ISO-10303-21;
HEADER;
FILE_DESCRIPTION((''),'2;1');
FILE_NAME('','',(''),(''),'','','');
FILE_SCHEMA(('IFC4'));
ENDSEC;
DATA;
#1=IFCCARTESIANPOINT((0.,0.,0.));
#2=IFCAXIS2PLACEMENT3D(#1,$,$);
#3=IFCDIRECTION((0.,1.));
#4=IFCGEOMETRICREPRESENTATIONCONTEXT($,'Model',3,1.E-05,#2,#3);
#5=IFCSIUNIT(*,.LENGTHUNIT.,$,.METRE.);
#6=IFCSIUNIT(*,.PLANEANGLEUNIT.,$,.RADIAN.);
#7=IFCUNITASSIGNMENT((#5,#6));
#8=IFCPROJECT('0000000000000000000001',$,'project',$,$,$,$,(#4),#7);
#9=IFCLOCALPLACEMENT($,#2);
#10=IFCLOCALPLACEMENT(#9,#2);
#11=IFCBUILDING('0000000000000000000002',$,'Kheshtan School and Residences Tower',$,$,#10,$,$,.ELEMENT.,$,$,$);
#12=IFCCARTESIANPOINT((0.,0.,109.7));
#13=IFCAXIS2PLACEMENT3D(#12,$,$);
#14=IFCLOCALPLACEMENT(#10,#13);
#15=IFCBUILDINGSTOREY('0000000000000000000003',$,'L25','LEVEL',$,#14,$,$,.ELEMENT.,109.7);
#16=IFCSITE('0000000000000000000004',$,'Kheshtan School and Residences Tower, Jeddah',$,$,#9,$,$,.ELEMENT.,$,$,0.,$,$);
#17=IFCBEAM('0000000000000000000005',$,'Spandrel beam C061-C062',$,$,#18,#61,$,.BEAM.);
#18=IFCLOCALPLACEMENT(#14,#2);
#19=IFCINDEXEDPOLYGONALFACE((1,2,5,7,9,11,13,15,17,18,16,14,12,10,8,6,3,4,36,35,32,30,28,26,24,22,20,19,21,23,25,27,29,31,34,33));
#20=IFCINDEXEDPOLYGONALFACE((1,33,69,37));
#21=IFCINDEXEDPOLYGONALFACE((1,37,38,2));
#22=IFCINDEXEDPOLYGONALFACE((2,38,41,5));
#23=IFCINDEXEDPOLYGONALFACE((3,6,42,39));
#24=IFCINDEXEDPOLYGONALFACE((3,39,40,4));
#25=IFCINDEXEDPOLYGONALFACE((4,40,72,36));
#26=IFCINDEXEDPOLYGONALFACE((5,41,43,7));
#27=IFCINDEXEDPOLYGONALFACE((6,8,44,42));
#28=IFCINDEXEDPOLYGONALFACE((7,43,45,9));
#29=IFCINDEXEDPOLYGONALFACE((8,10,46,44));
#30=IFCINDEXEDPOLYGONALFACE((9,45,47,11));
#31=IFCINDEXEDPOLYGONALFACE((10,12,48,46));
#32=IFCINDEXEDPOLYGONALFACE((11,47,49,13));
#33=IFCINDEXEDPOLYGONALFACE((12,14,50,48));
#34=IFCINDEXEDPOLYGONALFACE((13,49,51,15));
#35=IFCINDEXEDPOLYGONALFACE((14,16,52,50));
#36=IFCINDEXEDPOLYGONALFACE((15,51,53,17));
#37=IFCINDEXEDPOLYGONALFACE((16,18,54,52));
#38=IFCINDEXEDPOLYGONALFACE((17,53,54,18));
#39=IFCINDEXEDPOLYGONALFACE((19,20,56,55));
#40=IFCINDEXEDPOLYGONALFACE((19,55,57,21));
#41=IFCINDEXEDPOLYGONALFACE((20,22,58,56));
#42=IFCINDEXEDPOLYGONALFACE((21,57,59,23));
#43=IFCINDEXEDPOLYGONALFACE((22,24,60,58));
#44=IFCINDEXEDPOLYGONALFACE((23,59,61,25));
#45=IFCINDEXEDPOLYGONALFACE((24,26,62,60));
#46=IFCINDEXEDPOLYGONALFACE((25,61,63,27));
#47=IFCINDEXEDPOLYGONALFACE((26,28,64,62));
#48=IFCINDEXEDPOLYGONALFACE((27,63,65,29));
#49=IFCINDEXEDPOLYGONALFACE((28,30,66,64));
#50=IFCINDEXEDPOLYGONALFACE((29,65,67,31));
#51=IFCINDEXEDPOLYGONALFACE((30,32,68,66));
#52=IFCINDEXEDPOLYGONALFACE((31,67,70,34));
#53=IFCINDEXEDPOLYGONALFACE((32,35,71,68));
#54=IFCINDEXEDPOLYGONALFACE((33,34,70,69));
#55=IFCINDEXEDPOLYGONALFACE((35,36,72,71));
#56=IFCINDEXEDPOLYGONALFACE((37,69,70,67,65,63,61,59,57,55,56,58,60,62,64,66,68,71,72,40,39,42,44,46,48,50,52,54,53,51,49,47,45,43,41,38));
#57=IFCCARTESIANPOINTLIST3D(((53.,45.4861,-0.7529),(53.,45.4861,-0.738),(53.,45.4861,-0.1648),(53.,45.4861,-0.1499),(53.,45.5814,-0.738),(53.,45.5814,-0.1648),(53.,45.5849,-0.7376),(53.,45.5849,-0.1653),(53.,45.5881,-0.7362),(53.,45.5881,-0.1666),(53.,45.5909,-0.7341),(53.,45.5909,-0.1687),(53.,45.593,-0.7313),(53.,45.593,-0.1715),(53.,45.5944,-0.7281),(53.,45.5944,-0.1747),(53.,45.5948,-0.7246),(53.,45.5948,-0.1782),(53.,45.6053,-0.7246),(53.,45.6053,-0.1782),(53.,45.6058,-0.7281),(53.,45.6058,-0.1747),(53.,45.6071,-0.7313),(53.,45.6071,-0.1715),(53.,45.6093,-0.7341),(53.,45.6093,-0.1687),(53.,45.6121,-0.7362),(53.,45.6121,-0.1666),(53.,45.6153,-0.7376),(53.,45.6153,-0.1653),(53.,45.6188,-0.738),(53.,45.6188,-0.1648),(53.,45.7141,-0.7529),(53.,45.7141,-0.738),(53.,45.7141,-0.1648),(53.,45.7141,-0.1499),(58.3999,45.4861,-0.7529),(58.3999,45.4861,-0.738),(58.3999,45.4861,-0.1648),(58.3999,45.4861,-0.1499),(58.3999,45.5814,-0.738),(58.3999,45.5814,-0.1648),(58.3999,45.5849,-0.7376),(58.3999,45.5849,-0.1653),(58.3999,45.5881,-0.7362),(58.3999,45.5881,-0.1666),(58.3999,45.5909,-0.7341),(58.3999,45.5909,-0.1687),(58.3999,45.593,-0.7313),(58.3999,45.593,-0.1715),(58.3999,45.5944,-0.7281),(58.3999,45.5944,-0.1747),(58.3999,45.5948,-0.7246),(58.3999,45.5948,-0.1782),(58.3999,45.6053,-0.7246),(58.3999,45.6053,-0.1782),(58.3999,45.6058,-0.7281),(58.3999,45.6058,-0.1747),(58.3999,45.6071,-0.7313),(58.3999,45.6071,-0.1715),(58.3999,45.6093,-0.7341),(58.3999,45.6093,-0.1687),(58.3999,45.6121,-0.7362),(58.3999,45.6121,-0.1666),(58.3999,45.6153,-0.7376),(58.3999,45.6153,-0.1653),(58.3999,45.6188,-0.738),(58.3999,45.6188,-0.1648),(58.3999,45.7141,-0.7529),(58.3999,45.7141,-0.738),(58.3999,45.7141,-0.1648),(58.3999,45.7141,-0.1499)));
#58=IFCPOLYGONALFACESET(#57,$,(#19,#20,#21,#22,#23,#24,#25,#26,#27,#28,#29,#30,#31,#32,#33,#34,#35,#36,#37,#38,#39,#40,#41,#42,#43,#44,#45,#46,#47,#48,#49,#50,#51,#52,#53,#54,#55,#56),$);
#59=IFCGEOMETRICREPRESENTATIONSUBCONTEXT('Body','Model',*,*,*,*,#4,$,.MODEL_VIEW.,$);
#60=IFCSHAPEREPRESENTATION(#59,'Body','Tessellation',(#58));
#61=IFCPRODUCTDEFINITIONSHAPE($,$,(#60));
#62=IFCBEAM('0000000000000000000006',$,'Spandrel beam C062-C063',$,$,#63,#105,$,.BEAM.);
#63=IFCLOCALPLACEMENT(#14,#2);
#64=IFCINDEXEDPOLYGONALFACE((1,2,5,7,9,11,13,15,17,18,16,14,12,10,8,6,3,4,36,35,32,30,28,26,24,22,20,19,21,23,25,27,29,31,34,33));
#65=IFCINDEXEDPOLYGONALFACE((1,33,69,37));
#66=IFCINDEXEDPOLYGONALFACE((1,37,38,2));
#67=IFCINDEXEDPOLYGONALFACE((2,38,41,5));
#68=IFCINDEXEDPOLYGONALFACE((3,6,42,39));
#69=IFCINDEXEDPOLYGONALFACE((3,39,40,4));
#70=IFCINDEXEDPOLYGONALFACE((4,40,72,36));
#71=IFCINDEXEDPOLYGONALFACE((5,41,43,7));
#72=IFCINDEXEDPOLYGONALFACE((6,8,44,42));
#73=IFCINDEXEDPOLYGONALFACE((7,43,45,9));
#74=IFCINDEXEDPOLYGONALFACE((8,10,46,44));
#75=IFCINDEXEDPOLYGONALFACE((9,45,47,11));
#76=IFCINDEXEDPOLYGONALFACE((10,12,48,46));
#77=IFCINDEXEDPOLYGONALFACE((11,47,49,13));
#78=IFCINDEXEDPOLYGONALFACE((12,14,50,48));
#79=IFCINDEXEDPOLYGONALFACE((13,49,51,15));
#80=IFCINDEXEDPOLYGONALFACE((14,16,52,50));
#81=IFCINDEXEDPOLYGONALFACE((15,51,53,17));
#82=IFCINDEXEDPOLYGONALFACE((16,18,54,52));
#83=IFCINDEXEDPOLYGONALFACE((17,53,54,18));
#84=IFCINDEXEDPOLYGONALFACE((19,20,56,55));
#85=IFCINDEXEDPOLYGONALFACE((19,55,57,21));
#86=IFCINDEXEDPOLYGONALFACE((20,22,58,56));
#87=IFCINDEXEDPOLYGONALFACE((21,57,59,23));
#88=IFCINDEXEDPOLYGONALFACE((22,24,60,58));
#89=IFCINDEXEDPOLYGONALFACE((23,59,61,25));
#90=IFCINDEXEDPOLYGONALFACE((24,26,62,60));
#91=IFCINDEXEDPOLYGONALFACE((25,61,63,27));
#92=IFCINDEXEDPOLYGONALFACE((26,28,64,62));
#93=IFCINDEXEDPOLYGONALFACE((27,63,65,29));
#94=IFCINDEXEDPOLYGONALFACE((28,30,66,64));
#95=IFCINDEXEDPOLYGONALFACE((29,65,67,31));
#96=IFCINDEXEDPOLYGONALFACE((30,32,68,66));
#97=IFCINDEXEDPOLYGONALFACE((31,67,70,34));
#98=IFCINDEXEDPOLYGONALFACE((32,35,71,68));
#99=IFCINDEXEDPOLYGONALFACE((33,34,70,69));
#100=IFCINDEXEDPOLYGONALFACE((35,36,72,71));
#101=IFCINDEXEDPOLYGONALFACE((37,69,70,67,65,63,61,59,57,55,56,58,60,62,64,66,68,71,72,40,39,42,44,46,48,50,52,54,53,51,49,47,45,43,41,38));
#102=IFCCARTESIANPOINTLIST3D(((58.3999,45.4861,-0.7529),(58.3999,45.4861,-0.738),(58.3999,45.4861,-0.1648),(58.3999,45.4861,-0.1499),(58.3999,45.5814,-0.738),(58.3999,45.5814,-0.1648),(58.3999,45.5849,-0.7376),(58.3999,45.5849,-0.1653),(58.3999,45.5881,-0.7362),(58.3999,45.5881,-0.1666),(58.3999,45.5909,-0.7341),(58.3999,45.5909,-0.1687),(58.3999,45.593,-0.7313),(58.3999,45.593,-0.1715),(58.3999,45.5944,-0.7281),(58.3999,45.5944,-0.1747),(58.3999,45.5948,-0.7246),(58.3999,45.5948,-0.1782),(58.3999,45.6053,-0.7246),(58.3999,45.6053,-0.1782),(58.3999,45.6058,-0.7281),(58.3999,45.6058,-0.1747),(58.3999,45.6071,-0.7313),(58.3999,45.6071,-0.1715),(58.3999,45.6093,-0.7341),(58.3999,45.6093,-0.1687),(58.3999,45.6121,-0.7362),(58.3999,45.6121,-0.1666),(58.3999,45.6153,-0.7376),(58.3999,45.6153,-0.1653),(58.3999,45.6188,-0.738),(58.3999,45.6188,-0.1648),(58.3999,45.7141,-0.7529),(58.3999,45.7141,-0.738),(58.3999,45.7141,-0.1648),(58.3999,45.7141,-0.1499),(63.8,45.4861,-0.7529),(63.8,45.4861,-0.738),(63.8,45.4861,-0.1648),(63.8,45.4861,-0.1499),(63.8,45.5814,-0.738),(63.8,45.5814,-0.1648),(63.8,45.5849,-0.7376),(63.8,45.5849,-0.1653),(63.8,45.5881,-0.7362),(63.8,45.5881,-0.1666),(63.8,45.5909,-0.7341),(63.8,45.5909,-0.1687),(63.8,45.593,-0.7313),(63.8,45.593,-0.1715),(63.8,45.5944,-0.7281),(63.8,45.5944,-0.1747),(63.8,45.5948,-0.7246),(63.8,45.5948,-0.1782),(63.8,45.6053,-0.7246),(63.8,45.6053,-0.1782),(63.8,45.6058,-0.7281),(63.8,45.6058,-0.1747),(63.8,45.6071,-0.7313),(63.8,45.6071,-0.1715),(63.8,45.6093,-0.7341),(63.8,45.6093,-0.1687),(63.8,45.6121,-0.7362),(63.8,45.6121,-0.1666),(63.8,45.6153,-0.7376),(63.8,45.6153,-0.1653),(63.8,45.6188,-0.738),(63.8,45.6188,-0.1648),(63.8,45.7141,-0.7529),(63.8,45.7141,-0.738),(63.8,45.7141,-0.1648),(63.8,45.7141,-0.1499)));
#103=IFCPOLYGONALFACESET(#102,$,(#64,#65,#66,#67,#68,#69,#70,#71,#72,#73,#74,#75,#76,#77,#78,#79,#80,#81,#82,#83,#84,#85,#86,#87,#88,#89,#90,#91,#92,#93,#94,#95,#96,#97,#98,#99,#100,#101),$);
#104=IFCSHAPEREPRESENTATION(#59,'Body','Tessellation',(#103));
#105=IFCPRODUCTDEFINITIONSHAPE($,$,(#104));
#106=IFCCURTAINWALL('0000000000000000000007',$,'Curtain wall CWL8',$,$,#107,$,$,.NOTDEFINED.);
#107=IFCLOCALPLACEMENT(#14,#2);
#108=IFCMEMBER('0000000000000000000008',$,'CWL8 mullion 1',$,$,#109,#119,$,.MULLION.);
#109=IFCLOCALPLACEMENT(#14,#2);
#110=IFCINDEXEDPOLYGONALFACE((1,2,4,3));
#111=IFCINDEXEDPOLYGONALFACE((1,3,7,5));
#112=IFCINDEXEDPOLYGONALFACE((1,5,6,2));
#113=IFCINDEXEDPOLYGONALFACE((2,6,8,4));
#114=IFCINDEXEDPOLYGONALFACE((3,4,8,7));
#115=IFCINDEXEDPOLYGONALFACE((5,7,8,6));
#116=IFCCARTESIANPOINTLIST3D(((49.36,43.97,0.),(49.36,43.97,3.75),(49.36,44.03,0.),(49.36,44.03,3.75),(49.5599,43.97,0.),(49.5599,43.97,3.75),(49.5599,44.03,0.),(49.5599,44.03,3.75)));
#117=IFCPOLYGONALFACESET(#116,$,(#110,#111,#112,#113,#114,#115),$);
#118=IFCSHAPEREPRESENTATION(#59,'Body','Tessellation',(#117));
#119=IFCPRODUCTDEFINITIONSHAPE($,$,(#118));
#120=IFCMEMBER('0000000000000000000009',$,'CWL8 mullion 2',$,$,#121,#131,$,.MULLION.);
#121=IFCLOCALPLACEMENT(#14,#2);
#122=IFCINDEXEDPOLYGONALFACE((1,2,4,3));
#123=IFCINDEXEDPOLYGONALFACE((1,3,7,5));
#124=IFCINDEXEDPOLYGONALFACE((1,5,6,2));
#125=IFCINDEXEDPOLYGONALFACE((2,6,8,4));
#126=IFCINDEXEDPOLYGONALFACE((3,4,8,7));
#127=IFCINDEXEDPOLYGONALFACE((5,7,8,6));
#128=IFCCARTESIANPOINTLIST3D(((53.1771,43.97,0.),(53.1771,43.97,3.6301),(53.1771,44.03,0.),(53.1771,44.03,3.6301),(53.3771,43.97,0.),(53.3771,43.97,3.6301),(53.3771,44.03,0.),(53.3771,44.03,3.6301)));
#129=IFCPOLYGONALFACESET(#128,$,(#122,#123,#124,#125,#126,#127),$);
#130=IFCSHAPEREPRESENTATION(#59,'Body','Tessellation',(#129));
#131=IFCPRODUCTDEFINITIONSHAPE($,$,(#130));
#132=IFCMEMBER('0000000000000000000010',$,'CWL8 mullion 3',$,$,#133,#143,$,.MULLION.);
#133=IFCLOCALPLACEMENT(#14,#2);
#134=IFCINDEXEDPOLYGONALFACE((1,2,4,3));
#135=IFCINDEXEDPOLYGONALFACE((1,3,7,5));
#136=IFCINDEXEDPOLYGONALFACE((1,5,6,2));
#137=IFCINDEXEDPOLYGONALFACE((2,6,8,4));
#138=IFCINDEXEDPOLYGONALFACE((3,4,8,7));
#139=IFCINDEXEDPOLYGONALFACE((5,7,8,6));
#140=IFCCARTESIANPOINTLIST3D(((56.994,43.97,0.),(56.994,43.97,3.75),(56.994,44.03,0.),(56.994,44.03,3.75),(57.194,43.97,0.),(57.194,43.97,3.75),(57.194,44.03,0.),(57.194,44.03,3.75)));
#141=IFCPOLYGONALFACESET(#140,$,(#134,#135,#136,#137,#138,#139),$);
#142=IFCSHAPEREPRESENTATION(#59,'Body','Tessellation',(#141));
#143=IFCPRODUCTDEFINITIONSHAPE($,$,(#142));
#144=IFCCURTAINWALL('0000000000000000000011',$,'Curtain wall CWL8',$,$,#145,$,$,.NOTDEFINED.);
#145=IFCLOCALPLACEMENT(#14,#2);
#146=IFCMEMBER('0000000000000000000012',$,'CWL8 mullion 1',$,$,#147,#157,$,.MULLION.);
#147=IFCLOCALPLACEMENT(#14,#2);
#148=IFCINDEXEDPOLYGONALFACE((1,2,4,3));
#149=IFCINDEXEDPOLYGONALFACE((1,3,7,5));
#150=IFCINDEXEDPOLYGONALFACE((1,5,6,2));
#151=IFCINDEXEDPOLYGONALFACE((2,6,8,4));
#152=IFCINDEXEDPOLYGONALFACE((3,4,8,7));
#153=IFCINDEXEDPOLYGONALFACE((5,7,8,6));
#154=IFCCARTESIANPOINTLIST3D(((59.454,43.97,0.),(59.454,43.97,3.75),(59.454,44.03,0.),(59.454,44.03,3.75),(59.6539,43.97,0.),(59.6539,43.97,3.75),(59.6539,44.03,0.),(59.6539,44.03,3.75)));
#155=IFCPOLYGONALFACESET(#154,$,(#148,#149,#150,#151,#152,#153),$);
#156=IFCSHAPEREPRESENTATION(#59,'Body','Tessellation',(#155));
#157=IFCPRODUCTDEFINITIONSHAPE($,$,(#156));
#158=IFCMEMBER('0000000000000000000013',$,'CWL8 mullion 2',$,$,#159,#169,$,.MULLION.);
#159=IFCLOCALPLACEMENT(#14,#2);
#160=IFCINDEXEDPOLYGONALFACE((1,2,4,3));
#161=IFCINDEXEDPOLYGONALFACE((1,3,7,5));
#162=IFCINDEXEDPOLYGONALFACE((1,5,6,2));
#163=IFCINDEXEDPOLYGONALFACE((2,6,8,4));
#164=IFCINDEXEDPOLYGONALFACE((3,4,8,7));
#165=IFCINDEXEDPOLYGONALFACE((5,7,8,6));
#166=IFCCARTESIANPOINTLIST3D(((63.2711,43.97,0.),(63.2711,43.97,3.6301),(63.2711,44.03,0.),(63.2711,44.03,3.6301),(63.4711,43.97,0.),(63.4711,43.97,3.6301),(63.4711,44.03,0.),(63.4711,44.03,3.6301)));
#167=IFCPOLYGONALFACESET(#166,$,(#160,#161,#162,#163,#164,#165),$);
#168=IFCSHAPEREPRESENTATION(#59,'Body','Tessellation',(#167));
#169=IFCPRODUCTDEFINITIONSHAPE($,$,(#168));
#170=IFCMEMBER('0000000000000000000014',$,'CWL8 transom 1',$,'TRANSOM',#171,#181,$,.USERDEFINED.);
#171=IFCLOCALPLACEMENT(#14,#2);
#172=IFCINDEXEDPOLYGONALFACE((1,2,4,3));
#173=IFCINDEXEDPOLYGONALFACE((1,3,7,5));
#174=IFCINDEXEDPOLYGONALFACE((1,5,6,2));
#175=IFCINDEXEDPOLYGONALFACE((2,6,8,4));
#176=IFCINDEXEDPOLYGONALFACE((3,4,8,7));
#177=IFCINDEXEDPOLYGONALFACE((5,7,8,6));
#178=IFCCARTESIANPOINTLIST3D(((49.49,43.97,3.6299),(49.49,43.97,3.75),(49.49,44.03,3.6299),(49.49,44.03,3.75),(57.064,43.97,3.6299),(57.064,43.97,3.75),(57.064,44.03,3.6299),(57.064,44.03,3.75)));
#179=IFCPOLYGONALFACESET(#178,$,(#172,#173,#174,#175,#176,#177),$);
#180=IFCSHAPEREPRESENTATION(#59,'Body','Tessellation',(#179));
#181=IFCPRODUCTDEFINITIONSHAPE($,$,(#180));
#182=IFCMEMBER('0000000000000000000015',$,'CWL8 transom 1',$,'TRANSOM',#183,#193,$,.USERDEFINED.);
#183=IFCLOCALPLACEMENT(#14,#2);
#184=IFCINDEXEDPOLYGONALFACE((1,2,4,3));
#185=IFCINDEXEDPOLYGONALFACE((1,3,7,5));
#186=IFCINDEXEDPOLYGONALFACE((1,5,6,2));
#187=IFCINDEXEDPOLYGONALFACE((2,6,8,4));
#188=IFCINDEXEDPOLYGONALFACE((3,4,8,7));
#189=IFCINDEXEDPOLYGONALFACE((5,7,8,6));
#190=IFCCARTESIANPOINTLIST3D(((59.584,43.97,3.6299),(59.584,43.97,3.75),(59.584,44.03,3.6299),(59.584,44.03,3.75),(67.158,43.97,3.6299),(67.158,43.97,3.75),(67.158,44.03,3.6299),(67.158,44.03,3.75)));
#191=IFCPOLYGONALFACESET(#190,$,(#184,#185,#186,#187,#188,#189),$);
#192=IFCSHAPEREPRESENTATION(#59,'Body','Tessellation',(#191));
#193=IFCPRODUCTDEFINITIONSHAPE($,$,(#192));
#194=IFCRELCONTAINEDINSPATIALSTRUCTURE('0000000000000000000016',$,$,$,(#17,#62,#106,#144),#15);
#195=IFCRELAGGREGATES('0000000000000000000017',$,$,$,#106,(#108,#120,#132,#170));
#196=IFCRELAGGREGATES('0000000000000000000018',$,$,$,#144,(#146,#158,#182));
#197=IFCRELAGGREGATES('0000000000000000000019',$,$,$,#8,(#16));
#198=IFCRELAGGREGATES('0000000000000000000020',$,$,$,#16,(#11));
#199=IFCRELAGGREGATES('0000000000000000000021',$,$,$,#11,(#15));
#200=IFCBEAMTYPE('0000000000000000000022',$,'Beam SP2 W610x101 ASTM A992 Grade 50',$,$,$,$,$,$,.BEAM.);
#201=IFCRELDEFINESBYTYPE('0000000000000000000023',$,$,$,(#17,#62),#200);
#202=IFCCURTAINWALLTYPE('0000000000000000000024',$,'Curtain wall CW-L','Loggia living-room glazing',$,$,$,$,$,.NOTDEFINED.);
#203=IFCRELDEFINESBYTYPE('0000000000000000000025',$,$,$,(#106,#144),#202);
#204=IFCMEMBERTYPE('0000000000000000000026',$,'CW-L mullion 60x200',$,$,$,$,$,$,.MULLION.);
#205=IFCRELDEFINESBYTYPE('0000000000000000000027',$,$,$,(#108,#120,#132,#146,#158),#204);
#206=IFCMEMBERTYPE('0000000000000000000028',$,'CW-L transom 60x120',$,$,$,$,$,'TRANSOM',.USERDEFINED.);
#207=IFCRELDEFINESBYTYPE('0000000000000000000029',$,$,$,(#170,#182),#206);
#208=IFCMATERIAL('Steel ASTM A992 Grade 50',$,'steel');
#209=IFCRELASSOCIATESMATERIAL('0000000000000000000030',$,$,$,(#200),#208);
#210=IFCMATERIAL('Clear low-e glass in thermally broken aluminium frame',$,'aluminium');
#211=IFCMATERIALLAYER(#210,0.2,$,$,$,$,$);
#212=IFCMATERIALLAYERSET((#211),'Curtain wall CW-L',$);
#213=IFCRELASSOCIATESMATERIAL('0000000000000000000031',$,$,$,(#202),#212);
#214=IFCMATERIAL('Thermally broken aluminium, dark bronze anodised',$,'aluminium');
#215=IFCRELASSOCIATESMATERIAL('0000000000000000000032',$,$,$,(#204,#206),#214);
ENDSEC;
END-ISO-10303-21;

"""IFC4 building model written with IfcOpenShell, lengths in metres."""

from ifc_helpers import new_model, si_unit, direction, frame, origin, origin_2d, place, context, subcontext, project, spatial, rectangle, i_section, extrude, material, layer, layer_set, material_profile, profile_set, type_object, element, aggregate, save


model = new_model("IFC4")

# Units and contexts
model_context = context("Model", 3, precision=1e-05, world=origin(), true_north=direction((0.0, 1.0)))
body_context = subcontext(model_context, "Body", "Model", "MODEL_VIEW")
ifc_project = project(units=[si_unit("LENGTHUNIT", "METRE"), si_unit("PLANEANGLEUNIT", "RADIAN")], contexts=[model_context])

# Site, building, storey
site_placement = place(None, origin())
site = spatial("IfcSite", under=ifc_project, at=site_placement, Name="Kheshtan School and Residences Tower, Jeddah", CompositionType="ELEMENT", RefElevation=0.0)
building_placement = place(site_placement, origin())
building = spatial("IfcBuilding", under=site, at=building_placement, Name="Kheshtan School and Residences Tower", CompositionType="ELEMENT")
storey_placement = place(building_placement, frame((0.0, 0.0, 109.7)))
storey = spatial("IfcBuildingStorey", under=building, at=storey_placement, Name="L25", Description="LEVEL", CompositionType="ELEMENT", Elevation=109.7)

# Shared definitions
ifc_material_1 = material(Name="Steel ASTM A992 Grade 50", Category="steel")

# Beams
ifc_material_profile_1 = material_profile(ifc_material_1, i_section(OverallWidth=0.228, OverallDepth=0.603, WebThickness=0.0105, FlangeThickness=0.0149, FilletRadius=0.0134, at=origin_2d()), Name="W610x101")
ifc_profile_set_1 = profile_set([ifc_material_profile_1], Name="Steel ASTM A992 Grade 50")
beam_type = type_object("IfcBeamType", Name="Beam SP2 W610x101 ASTM A992 Grade 50", PredefinedType="BEAM", material=ifc_profile_set_1)
beam_1_placement = place(storey_placement, frame((53.0, 45.6001, -0.4514), z_axis=(1.0, 0.0, 0.0), x_axis=(0.0, 1.0, 0.0)))
element("IfcBeam", 1, at=beam_1_placement, inside=storey, type_object=beam_type, Name="Spandrel beam C061-C062", PredefinedType="BEAM", context=body_context, shape_type="SweptSolid", body=[
    extrude(i_section(OverallWidth=0.228, OverallDepth=0.603, WebThickness=0.0105, FlangeThickness=0.0149, FilletRadius=0.0134, at=origin_2d()), origin(), (0.0, 0.0, 1.0), 5.3999),
])
beam_2_placement = place(storey_placement, frame((58.3999, 45.6001, -0.4514), z_axis=(1.0, 0.0, 0.0), x_axis=(0.0, 1.0, 0.0)))
element("IfcBeam", 2, at=beam_2_placement, inside=storey, type_object=beam_type, Name="Spandrel beam C062-C063", PredefinedType="BEAM", context=body_context, shape_type="SweptSolid", body=[
    extrude(i_section(OverallWidth=0.228, OverallDepth=0.603, WebThickness=0.0105, FlangeThickness=0.0149, FilletRadius=0.0134, at=origin_2d()), origin(), (0.0, 0.0, 1.0), 5.4001),
])

# Curtain walls, members
ifc_material_2 = material(Name="Clear low-e glass in thermally broken aluminium frame", Category="aluminium")
ifc_layer_1 = layer(ifc_material_2, 0.2)
ifc_layer_set_1 = layer_set([ifc_layer_1], Name="Curtain wall CW-L")
curtain_wall_type = type_object("IfcCurtainWallType", Name="Curtain wall CW-L", Description="Loggia living-room glazing", PredefinedType="NOTDEFINED", material=ifc_layer_set_1)
curtain_wall_1_placement = place(storey_placement, origin())
curtain_wall_1 = element("IfcCurtainWall", 3, at=curtain_wall_1_placement, inside=storey, type_object=curtain_wall_type, Name="Curtain wall CWL8", PredefinedType="NOTDEFINED")
ifc_material_3 = material(Name="Thermally broken aluminium, dark bronze anodised", Category="aluminium")
ifc_material_profile_2 = material_profile(ifc_material_3, rectangle(XDim=0.0601, YDim=0.2, at=origin_2d()), Name="CW-L mullion 60x200")
ifc_profile_set_2 = profile_set([ifc_material_profile_2], Name="Thermally broken aluminium, dark bronze anodised")
member_type_1 = type_object("IfcMemberType", Name="CW-L mullion 60x200", PredefinedType="MULLION", material=ifc_profile_set_2)
member_1_placement = place(storey_placement, frame((49.46, 44.0, 0.0), z_axis=(0.0, 0.0, 1.0), x_axis=(0.0, 1.0, 0.0)))
member_1 = element("IfcMember", 4, at=member_1_placement, type_object=member_type_1, Name="CWL8 mullion 1", PredefinedType="MULLION", context=body_context, shape_type="SweptSolid", body=[
    extrude(rectangle(XDim=0.0601, YDim=0.2, at=origin_2d()), origin(), (0.0, 0.0, 1.0), 3.75),
])
member_2_placement = place(storey_placement, frame((53.2771, 44.0, 0.0), z_axis=(0.0, 0.0, 1.0), x_axis=(0.0, 1.0, 0.0)))
member_2 = element("IfcMember", 5, at=member_2_placement, type_object=member_type_1, Name="CWL8 mullion 2", PredefinedType="MULLION", context=body_context, shape_type="SweptSolid", body=[
    extrude(rectangle(XDim=0.0601, YDim=0.2, at=origin_2d()), origin(), (0.0, 0.0, 1.0), 3.6301),
])
member_3_placement = place(storey_placement, frame((57.094, 44.0, 0.0), z_axis=(0.0, 0.0, 1.0), x_axis=(0.0, 1.0, 0.0)))
member_3 = element("IfcMember", 6, at=member_3_placement, type_object=member_type_1, Name="CWL8 mullion 3", PredefinedType="MULLION", context=body_context, shape_type="SweptSolid", body=[
    extrude(rectangle(XDim=0.0601, YDim=0.2, at=origin_2d()), origin(), (0.0, 0.0, 1.0), 3.75),
])
curtain_wall_2_placement = place(storey_placement, origin())
curtain_wall_2 = element("IfcCurtainWall", 7, at=curtain_wall_2_placement, inside=storey, type_object=curtain_wall_type, Name="Curtain wall CWL8", PredefinedType="NOTDEFINED")
member_4_placement = place(storey_placement, frame((59.554, 44.0, 0.0), z_axis=(0.0, 0.0, 1.0), x_axis=(0.0, 1.0, 0.0)))
member_4 = element("IfcMember", 8, at=member_4_placement, type_object=member_type_1, Name="CWL8 mullion 1", PredefinedType="MULLION", context=body_context, shape_type="SweptSolid", body=[
    extrude(rectangle(XDim=0.0601, YDim=0.2, at=origin_2d()), origin(), (0.0, 0.0, 1.0), 3.75),
])
member_5_placement = place(storey_placement, frame((63.3711, 44.0, 0.0), z_axis=(0.0, 0.0, 1.0), x_axis=(0.0, 1.0, 0.0)))
member_5 = element("IfcMember", 9, at=member_5_placement, type_object=member_type_1, Name="CWL8 mullion 2", PredefinedType="MULLION", context=body_context, shape_type="SweptSolid", body=[
    extrude(rectangle(XDim=0.0601, YDim=0.2, at=origin_2d()), origin(), (0.0, 0.0, 1.0), 3.6301),
])

# Members
ifc_material_profile_3 = material_profile(ifc_material_3, rectangle(XDim=0.0601, YDim=0.1201, at=origin_2d()), Name="CW-L transom 60x120")
ifc_profile_set_3 = profile_set([ifc_material_profile_3], Name="Thermally broken aluminium, dark bronze anodised")
member_type_2 = type_object("IfcMemberType", Name="CW-L transom 60x120", ElementType="TRANSOM", PredefinedType="USERDEFINED", material=ifc_profile_set_3)
member_6_placement = place(storey_placement, frame((49.49, 44.0, 3.6899), z_axis=(1.0, 0.0, 0.0), x_axis=(0.0, 1.0, 0.0)))
member_6 = element("IfcMember", 10, at=member_6_placement, type_object=member_type_2, Name="CWL8 transom 1", ObjectType="TRANSOM", PredefinedType="USERDEFINED", context=body_context, shape_type="SweptSolid", body=[
    extrude(rectangle(XDim=0.0601, YDim=0.1201, at=origin_2d()), origin(), (0.0, 0.0, 1.0), 7.574),
])
member_7_placement = place(storey_placement, frame((59.584, 44.0, 3.6899), z_axis=(1.0, 0.0, 0.0), x_axis=(0.0, 1.0, 0.0)))
member_7 = element("IfcMember", 11, at=member_7_placement, type_object=member_type_2, Name="CWL8 transom 1", ObjectType="TRANSOM", PredefinedType="USERDEFINED", context=body_context, shape_type="SweptSolid", body=[
    extrude(rectangle(XDim=0.0601, YDim=0.1201, at=origin_2d()), origin(), (0.0, 0.0, 1.0), 7.574),
])

aggregate(curtain_wall_1, [member_1, member_2, member_3, member_6])
aggregate(curtain_wall_2, [member_4, member_5, member_7])

save(model, "model.ifc")
